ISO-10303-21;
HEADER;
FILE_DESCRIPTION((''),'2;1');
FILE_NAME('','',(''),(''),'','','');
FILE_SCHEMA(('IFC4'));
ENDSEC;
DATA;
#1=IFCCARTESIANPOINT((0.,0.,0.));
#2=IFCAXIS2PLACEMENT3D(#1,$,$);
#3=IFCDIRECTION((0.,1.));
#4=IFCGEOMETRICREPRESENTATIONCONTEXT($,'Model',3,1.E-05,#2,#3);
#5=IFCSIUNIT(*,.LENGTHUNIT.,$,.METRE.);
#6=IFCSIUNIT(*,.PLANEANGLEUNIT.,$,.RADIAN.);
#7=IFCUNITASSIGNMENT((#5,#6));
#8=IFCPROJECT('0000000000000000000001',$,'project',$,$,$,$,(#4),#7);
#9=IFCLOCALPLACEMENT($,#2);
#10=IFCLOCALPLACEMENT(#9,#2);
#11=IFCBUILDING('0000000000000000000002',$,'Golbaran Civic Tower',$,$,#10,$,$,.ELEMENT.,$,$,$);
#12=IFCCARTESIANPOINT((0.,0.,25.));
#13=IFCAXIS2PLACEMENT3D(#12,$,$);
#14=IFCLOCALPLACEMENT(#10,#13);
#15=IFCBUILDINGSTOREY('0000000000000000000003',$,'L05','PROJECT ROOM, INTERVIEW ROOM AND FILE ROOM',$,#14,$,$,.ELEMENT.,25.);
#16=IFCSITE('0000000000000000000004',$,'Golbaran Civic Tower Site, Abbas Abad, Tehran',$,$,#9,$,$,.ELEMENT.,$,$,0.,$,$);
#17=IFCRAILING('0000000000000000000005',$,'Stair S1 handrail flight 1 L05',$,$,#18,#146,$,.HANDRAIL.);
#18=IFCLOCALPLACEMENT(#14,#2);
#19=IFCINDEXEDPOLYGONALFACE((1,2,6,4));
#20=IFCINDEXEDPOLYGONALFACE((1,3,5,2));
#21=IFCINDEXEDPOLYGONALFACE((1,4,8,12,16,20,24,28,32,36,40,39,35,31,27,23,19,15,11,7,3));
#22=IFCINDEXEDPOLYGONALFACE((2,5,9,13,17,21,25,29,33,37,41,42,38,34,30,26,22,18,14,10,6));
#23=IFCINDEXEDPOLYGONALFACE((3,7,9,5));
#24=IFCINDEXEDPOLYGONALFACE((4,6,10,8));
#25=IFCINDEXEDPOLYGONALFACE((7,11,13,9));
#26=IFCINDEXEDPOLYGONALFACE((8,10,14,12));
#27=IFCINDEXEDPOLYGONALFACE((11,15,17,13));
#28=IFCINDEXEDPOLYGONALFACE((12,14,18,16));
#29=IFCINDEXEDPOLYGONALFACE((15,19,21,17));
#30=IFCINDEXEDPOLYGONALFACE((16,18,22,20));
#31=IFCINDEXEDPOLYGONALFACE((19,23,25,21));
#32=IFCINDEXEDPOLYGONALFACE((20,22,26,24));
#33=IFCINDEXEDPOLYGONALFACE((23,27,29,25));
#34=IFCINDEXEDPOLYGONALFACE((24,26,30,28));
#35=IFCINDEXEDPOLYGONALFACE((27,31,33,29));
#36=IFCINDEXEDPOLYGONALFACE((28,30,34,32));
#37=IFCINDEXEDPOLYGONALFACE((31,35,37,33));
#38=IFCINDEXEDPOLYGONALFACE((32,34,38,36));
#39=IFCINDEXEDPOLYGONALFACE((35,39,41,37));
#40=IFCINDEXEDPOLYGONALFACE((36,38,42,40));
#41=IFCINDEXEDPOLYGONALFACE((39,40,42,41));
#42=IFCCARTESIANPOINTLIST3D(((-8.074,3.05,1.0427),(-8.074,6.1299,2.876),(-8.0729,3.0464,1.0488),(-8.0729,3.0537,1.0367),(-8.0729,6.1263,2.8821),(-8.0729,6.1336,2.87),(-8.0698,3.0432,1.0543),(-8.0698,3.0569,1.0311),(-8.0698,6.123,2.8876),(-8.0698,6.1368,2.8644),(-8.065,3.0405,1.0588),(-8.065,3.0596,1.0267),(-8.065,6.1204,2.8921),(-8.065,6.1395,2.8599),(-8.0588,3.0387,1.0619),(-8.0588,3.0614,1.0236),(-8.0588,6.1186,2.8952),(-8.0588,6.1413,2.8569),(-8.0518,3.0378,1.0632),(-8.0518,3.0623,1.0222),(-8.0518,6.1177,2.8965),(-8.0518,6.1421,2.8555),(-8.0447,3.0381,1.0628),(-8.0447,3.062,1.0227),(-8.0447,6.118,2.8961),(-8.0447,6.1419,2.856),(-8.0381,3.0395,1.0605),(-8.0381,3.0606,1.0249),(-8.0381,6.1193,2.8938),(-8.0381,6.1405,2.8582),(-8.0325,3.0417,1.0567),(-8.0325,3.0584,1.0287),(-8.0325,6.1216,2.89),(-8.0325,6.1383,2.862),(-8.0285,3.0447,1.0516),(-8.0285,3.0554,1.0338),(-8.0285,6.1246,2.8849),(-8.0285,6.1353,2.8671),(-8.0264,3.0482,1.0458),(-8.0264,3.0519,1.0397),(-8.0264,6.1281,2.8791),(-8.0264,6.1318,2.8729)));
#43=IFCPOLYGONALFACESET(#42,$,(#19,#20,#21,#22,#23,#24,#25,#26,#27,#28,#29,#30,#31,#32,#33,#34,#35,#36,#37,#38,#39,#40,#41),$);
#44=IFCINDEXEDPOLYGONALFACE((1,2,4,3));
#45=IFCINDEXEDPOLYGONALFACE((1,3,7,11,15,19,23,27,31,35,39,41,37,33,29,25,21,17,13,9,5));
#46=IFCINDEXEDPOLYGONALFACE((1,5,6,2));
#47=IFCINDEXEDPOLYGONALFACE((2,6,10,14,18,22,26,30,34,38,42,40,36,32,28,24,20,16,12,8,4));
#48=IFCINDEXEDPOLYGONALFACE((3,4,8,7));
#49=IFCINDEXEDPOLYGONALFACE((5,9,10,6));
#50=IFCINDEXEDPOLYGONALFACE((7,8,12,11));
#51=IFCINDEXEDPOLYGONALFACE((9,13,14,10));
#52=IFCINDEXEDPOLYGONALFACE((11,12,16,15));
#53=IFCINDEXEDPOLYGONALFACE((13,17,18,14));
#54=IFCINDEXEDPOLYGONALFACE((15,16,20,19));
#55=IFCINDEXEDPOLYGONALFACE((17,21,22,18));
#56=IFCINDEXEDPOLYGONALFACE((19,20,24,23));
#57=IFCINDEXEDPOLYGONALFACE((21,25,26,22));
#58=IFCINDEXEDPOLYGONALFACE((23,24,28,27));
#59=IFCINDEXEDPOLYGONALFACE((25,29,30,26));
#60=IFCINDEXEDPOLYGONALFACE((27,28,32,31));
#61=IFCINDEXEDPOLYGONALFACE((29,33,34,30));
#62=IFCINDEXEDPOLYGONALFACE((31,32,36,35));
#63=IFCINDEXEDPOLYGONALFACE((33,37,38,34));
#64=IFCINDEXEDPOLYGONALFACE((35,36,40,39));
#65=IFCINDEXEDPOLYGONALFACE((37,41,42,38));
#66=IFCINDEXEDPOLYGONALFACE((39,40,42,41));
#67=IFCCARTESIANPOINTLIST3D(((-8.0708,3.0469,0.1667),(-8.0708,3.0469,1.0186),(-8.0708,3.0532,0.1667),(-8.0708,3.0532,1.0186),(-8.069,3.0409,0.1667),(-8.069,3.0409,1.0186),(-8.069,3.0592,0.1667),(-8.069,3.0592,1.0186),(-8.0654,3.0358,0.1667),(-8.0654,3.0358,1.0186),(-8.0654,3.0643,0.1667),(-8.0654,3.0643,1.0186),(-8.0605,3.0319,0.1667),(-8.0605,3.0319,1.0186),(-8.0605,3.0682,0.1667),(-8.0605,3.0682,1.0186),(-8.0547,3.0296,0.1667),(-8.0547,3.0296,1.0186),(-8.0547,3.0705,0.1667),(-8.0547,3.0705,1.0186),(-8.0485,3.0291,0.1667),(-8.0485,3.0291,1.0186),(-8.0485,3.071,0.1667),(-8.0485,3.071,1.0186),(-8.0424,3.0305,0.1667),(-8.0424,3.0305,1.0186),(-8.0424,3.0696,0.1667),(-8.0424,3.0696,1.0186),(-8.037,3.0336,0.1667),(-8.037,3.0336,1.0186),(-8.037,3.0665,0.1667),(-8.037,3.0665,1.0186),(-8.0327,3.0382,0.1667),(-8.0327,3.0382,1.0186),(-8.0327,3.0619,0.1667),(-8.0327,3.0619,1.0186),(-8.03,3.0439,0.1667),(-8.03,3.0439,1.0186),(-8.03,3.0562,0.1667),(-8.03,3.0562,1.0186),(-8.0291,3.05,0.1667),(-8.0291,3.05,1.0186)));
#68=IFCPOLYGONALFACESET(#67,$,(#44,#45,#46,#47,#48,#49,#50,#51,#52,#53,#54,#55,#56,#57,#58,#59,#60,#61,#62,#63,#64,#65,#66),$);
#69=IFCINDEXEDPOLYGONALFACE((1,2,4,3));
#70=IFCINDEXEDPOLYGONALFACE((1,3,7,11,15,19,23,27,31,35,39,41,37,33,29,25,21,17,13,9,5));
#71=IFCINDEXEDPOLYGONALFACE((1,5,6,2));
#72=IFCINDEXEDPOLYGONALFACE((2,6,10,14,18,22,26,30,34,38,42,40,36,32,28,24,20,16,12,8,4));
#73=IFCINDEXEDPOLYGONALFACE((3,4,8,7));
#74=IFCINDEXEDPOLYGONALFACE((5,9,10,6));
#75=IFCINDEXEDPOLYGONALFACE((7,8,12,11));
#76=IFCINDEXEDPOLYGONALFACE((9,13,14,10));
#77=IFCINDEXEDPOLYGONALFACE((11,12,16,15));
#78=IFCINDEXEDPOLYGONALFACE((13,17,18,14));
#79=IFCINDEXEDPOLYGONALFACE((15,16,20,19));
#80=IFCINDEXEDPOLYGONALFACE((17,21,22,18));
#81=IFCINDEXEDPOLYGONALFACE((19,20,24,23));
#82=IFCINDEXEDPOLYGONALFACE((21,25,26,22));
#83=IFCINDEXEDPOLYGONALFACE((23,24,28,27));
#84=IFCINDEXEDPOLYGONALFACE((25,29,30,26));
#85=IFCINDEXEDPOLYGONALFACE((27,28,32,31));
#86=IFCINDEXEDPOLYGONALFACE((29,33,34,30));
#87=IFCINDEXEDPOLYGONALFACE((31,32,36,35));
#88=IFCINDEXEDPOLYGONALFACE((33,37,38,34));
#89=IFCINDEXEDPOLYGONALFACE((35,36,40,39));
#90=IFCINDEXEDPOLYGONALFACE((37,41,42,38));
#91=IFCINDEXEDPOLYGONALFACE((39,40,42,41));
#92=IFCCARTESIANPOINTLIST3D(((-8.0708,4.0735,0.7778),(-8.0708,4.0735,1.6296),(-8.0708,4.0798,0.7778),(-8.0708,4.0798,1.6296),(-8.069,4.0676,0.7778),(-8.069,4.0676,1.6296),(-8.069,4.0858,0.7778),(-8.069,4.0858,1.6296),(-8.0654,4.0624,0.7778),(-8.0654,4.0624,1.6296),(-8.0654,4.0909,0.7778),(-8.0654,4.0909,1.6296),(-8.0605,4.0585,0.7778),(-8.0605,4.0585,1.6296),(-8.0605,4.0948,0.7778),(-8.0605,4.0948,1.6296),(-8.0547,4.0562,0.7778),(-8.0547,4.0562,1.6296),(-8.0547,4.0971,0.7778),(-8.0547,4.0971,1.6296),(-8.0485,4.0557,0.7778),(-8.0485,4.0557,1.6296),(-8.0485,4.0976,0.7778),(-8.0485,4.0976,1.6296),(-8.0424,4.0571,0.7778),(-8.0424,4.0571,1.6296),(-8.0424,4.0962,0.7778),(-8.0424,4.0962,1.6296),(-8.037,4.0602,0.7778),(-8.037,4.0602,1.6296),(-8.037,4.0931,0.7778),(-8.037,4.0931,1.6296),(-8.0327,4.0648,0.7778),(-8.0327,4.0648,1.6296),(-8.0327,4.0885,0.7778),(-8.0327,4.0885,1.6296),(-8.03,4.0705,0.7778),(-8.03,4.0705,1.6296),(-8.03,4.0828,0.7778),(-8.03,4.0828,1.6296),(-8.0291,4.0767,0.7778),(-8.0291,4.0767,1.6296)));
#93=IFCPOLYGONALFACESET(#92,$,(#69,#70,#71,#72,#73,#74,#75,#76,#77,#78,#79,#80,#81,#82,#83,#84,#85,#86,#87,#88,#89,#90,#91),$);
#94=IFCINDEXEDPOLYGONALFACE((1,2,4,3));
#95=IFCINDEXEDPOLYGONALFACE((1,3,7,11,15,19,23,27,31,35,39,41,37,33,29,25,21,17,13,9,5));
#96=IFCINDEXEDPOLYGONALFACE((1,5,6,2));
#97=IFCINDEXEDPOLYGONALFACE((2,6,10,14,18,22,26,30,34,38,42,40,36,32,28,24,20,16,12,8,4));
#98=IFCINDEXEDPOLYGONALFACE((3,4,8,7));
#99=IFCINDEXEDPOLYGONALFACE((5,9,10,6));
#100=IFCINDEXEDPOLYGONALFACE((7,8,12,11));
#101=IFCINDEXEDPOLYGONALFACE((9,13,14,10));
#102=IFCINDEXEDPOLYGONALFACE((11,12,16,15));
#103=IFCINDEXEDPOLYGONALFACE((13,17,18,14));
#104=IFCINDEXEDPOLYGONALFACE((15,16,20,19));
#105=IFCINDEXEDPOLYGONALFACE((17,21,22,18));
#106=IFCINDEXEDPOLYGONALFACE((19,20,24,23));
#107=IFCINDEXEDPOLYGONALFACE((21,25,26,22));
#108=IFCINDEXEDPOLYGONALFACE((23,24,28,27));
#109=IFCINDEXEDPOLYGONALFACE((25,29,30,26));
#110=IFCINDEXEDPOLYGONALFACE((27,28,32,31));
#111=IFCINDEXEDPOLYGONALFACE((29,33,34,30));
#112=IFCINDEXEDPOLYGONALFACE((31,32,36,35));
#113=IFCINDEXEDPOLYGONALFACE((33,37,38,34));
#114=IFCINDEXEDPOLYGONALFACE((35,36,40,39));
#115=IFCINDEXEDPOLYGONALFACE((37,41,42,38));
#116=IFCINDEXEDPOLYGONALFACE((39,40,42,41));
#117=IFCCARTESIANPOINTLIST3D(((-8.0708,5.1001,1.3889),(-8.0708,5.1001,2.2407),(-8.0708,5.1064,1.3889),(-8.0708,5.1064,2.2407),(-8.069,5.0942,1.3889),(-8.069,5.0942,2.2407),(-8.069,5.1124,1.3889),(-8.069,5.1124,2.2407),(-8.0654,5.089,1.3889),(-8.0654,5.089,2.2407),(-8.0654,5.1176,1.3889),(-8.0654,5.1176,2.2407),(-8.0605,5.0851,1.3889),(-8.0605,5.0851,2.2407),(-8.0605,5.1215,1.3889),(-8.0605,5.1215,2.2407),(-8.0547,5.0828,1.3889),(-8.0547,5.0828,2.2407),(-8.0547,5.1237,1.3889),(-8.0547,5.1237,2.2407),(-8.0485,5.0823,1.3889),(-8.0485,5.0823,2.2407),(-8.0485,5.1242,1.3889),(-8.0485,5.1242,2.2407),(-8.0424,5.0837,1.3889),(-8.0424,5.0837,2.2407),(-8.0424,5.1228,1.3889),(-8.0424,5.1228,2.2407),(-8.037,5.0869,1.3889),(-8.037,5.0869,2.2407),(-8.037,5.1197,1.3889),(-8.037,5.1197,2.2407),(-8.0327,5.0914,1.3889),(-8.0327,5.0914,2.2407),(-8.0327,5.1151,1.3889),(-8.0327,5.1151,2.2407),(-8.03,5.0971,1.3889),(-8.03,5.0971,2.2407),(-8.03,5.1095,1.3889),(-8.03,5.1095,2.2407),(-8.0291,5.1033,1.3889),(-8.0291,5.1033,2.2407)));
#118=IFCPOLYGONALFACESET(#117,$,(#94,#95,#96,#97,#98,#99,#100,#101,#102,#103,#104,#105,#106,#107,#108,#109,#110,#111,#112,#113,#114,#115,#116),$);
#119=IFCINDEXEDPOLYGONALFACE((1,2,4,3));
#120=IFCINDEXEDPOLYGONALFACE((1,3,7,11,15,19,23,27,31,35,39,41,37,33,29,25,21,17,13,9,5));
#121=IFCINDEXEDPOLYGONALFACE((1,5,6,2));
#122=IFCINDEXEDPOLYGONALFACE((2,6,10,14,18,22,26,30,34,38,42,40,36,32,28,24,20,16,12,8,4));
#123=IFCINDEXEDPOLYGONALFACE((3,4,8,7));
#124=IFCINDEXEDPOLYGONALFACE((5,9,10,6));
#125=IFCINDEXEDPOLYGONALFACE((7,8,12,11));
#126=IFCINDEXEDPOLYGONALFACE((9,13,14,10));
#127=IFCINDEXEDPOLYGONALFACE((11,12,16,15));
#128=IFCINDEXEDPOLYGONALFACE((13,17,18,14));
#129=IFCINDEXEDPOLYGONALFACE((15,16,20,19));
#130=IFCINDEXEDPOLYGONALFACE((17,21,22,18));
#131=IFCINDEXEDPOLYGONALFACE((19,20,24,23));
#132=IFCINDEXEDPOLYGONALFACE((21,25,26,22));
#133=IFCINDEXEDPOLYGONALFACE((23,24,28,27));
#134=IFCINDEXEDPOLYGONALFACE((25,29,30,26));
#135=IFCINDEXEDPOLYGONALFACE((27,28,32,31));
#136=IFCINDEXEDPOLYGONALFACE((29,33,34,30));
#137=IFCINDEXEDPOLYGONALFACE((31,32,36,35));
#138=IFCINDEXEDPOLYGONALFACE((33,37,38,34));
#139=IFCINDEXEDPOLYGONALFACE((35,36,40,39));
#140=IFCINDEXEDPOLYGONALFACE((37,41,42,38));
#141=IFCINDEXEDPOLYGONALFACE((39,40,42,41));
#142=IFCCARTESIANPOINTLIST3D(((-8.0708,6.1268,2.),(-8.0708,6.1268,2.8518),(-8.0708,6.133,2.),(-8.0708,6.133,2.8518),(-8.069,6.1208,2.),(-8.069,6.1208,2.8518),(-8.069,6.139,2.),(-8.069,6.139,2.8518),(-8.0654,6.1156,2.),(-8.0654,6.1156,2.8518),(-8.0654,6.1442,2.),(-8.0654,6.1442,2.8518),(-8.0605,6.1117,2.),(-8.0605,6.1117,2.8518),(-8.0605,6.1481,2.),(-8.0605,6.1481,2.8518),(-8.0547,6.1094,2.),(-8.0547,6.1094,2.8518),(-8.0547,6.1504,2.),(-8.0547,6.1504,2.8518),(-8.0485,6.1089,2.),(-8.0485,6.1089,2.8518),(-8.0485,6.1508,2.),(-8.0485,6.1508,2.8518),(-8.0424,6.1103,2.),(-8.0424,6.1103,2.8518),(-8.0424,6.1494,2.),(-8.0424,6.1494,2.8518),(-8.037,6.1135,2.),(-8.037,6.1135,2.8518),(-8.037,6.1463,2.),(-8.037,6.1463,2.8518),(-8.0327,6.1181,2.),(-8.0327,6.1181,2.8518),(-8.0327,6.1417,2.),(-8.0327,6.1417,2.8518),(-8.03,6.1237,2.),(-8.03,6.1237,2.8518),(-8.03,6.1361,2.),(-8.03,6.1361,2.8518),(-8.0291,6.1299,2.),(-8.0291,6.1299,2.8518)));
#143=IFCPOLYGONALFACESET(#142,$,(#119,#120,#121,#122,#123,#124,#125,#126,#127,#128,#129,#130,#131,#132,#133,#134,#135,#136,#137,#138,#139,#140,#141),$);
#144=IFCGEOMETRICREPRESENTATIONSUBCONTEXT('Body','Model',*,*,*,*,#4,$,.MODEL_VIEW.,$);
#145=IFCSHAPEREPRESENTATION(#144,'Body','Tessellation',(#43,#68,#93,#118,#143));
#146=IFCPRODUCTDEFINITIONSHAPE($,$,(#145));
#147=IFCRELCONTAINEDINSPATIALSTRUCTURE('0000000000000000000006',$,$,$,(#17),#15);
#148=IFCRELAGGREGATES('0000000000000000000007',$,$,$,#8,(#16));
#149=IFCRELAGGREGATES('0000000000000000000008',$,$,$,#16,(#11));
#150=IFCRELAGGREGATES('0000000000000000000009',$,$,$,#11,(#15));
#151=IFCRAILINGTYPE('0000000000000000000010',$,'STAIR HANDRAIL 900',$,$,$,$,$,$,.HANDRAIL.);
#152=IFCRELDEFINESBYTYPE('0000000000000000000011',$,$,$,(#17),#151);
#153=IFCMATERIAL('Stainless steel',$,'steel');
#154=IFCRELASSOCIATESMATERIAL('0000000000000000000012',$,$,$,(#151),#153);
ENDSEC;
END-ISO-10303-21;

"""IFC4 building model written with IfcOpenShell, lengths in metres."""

from ifc_helpers import new_model, si_unit, direction, frame, origin, origin_2d, place, context, subcontext, project, spatial, circle, extrude, material, type_object, element, save


model = new_model("IFC4")

# Units and contexts
model_context = context("Model", 3, precision=1e-05, world=origin(), true_north=direction((0.0, 1.0)))
body_context = subcontext(model_context, "Body", "Model", "MODEL_VIEW")
ifc_project = project(units=[si_unit("LENGTHUNIT", "METRE"), si_unit("PLANEANGLEUNIT", "RADIAN")], contexts=[model_context])

# Site, building, storey
site_placement = place(None, origin())
site = spatial("IfcSite", under=ifc_project, at=site_placement, Name="Golbaran Civic Tower Site, Abbas Abad, Tehran", CompositionType="ELEMENT", RefElevation=0.0)
building_placement = place(site_placement, origin())
building = spatial("IfcBuilding", under=site, at=building_placement, Name="Golbaran Civic Tower", CompositionType="ELEMENT")
storey_placement = place(building_placement, frame((0.0, 0.0, 25.0)))
storey = spatial("IfcBuildingStorey", under=building, at=storey_placement, Name="L05", Description="PROJECT ROOM, INTERVIEW ROOM AND FILE ROOM", CompositionType="ELEMENT", Elevation=25.0)

# Railing
ifc_material_1 = material(Name="Stainless steel", Category="steel")
railing_type = type_object("IfcRailingType", Name="STAIR HANDRAIL 900", PredefinedType="HANDRAIL", material=ifc_material_1)
railing_placement = place(storey_placement, frame((-8.05, 3.05, 0.1667)))
element("IfcRailing", 1, at=railing_placement, inside=storey, type_object=railing_type, Name="Stair S1 handrail flight 1 L05", PredefinedType="HANDRAIL", context=body_context, shape_type="SweptSolid", body=[
    extrude(circle(Radius=0.0239, at=origin_2d()), frame((0.0, 0.0, 0.876), z_axis=(0.0, 0.859291, 0.511487), x_axis=(-1.0, 0.0, 0.0)), (0.0, 0.0, 1.0), 3.5842),
    extrude(circle(Radius=0.021, at=origin_2d()), origin(), (0.0, 0.0, 1.0), 0.8518),
    extrude(circle(Radius=0.021, at=origin_2d()), frame((0.0, 1.0266, 0.6111)), (0.0, 0.0, 1.0), 0.8518),
    extrude(circle(Radius=0.021, at=origin_2d()), frame((0.0, 2.0532, 1.2222)), (0.0, 0.0, 1.0), 0.8518),
    extrude(circle(Radius=0.021, at=origin_2d()), frame((0.0, 3.0798, 1.8333)), (0.0, 0.0, 1.0), 0.8518),
])

save(model, "model.ifc")
